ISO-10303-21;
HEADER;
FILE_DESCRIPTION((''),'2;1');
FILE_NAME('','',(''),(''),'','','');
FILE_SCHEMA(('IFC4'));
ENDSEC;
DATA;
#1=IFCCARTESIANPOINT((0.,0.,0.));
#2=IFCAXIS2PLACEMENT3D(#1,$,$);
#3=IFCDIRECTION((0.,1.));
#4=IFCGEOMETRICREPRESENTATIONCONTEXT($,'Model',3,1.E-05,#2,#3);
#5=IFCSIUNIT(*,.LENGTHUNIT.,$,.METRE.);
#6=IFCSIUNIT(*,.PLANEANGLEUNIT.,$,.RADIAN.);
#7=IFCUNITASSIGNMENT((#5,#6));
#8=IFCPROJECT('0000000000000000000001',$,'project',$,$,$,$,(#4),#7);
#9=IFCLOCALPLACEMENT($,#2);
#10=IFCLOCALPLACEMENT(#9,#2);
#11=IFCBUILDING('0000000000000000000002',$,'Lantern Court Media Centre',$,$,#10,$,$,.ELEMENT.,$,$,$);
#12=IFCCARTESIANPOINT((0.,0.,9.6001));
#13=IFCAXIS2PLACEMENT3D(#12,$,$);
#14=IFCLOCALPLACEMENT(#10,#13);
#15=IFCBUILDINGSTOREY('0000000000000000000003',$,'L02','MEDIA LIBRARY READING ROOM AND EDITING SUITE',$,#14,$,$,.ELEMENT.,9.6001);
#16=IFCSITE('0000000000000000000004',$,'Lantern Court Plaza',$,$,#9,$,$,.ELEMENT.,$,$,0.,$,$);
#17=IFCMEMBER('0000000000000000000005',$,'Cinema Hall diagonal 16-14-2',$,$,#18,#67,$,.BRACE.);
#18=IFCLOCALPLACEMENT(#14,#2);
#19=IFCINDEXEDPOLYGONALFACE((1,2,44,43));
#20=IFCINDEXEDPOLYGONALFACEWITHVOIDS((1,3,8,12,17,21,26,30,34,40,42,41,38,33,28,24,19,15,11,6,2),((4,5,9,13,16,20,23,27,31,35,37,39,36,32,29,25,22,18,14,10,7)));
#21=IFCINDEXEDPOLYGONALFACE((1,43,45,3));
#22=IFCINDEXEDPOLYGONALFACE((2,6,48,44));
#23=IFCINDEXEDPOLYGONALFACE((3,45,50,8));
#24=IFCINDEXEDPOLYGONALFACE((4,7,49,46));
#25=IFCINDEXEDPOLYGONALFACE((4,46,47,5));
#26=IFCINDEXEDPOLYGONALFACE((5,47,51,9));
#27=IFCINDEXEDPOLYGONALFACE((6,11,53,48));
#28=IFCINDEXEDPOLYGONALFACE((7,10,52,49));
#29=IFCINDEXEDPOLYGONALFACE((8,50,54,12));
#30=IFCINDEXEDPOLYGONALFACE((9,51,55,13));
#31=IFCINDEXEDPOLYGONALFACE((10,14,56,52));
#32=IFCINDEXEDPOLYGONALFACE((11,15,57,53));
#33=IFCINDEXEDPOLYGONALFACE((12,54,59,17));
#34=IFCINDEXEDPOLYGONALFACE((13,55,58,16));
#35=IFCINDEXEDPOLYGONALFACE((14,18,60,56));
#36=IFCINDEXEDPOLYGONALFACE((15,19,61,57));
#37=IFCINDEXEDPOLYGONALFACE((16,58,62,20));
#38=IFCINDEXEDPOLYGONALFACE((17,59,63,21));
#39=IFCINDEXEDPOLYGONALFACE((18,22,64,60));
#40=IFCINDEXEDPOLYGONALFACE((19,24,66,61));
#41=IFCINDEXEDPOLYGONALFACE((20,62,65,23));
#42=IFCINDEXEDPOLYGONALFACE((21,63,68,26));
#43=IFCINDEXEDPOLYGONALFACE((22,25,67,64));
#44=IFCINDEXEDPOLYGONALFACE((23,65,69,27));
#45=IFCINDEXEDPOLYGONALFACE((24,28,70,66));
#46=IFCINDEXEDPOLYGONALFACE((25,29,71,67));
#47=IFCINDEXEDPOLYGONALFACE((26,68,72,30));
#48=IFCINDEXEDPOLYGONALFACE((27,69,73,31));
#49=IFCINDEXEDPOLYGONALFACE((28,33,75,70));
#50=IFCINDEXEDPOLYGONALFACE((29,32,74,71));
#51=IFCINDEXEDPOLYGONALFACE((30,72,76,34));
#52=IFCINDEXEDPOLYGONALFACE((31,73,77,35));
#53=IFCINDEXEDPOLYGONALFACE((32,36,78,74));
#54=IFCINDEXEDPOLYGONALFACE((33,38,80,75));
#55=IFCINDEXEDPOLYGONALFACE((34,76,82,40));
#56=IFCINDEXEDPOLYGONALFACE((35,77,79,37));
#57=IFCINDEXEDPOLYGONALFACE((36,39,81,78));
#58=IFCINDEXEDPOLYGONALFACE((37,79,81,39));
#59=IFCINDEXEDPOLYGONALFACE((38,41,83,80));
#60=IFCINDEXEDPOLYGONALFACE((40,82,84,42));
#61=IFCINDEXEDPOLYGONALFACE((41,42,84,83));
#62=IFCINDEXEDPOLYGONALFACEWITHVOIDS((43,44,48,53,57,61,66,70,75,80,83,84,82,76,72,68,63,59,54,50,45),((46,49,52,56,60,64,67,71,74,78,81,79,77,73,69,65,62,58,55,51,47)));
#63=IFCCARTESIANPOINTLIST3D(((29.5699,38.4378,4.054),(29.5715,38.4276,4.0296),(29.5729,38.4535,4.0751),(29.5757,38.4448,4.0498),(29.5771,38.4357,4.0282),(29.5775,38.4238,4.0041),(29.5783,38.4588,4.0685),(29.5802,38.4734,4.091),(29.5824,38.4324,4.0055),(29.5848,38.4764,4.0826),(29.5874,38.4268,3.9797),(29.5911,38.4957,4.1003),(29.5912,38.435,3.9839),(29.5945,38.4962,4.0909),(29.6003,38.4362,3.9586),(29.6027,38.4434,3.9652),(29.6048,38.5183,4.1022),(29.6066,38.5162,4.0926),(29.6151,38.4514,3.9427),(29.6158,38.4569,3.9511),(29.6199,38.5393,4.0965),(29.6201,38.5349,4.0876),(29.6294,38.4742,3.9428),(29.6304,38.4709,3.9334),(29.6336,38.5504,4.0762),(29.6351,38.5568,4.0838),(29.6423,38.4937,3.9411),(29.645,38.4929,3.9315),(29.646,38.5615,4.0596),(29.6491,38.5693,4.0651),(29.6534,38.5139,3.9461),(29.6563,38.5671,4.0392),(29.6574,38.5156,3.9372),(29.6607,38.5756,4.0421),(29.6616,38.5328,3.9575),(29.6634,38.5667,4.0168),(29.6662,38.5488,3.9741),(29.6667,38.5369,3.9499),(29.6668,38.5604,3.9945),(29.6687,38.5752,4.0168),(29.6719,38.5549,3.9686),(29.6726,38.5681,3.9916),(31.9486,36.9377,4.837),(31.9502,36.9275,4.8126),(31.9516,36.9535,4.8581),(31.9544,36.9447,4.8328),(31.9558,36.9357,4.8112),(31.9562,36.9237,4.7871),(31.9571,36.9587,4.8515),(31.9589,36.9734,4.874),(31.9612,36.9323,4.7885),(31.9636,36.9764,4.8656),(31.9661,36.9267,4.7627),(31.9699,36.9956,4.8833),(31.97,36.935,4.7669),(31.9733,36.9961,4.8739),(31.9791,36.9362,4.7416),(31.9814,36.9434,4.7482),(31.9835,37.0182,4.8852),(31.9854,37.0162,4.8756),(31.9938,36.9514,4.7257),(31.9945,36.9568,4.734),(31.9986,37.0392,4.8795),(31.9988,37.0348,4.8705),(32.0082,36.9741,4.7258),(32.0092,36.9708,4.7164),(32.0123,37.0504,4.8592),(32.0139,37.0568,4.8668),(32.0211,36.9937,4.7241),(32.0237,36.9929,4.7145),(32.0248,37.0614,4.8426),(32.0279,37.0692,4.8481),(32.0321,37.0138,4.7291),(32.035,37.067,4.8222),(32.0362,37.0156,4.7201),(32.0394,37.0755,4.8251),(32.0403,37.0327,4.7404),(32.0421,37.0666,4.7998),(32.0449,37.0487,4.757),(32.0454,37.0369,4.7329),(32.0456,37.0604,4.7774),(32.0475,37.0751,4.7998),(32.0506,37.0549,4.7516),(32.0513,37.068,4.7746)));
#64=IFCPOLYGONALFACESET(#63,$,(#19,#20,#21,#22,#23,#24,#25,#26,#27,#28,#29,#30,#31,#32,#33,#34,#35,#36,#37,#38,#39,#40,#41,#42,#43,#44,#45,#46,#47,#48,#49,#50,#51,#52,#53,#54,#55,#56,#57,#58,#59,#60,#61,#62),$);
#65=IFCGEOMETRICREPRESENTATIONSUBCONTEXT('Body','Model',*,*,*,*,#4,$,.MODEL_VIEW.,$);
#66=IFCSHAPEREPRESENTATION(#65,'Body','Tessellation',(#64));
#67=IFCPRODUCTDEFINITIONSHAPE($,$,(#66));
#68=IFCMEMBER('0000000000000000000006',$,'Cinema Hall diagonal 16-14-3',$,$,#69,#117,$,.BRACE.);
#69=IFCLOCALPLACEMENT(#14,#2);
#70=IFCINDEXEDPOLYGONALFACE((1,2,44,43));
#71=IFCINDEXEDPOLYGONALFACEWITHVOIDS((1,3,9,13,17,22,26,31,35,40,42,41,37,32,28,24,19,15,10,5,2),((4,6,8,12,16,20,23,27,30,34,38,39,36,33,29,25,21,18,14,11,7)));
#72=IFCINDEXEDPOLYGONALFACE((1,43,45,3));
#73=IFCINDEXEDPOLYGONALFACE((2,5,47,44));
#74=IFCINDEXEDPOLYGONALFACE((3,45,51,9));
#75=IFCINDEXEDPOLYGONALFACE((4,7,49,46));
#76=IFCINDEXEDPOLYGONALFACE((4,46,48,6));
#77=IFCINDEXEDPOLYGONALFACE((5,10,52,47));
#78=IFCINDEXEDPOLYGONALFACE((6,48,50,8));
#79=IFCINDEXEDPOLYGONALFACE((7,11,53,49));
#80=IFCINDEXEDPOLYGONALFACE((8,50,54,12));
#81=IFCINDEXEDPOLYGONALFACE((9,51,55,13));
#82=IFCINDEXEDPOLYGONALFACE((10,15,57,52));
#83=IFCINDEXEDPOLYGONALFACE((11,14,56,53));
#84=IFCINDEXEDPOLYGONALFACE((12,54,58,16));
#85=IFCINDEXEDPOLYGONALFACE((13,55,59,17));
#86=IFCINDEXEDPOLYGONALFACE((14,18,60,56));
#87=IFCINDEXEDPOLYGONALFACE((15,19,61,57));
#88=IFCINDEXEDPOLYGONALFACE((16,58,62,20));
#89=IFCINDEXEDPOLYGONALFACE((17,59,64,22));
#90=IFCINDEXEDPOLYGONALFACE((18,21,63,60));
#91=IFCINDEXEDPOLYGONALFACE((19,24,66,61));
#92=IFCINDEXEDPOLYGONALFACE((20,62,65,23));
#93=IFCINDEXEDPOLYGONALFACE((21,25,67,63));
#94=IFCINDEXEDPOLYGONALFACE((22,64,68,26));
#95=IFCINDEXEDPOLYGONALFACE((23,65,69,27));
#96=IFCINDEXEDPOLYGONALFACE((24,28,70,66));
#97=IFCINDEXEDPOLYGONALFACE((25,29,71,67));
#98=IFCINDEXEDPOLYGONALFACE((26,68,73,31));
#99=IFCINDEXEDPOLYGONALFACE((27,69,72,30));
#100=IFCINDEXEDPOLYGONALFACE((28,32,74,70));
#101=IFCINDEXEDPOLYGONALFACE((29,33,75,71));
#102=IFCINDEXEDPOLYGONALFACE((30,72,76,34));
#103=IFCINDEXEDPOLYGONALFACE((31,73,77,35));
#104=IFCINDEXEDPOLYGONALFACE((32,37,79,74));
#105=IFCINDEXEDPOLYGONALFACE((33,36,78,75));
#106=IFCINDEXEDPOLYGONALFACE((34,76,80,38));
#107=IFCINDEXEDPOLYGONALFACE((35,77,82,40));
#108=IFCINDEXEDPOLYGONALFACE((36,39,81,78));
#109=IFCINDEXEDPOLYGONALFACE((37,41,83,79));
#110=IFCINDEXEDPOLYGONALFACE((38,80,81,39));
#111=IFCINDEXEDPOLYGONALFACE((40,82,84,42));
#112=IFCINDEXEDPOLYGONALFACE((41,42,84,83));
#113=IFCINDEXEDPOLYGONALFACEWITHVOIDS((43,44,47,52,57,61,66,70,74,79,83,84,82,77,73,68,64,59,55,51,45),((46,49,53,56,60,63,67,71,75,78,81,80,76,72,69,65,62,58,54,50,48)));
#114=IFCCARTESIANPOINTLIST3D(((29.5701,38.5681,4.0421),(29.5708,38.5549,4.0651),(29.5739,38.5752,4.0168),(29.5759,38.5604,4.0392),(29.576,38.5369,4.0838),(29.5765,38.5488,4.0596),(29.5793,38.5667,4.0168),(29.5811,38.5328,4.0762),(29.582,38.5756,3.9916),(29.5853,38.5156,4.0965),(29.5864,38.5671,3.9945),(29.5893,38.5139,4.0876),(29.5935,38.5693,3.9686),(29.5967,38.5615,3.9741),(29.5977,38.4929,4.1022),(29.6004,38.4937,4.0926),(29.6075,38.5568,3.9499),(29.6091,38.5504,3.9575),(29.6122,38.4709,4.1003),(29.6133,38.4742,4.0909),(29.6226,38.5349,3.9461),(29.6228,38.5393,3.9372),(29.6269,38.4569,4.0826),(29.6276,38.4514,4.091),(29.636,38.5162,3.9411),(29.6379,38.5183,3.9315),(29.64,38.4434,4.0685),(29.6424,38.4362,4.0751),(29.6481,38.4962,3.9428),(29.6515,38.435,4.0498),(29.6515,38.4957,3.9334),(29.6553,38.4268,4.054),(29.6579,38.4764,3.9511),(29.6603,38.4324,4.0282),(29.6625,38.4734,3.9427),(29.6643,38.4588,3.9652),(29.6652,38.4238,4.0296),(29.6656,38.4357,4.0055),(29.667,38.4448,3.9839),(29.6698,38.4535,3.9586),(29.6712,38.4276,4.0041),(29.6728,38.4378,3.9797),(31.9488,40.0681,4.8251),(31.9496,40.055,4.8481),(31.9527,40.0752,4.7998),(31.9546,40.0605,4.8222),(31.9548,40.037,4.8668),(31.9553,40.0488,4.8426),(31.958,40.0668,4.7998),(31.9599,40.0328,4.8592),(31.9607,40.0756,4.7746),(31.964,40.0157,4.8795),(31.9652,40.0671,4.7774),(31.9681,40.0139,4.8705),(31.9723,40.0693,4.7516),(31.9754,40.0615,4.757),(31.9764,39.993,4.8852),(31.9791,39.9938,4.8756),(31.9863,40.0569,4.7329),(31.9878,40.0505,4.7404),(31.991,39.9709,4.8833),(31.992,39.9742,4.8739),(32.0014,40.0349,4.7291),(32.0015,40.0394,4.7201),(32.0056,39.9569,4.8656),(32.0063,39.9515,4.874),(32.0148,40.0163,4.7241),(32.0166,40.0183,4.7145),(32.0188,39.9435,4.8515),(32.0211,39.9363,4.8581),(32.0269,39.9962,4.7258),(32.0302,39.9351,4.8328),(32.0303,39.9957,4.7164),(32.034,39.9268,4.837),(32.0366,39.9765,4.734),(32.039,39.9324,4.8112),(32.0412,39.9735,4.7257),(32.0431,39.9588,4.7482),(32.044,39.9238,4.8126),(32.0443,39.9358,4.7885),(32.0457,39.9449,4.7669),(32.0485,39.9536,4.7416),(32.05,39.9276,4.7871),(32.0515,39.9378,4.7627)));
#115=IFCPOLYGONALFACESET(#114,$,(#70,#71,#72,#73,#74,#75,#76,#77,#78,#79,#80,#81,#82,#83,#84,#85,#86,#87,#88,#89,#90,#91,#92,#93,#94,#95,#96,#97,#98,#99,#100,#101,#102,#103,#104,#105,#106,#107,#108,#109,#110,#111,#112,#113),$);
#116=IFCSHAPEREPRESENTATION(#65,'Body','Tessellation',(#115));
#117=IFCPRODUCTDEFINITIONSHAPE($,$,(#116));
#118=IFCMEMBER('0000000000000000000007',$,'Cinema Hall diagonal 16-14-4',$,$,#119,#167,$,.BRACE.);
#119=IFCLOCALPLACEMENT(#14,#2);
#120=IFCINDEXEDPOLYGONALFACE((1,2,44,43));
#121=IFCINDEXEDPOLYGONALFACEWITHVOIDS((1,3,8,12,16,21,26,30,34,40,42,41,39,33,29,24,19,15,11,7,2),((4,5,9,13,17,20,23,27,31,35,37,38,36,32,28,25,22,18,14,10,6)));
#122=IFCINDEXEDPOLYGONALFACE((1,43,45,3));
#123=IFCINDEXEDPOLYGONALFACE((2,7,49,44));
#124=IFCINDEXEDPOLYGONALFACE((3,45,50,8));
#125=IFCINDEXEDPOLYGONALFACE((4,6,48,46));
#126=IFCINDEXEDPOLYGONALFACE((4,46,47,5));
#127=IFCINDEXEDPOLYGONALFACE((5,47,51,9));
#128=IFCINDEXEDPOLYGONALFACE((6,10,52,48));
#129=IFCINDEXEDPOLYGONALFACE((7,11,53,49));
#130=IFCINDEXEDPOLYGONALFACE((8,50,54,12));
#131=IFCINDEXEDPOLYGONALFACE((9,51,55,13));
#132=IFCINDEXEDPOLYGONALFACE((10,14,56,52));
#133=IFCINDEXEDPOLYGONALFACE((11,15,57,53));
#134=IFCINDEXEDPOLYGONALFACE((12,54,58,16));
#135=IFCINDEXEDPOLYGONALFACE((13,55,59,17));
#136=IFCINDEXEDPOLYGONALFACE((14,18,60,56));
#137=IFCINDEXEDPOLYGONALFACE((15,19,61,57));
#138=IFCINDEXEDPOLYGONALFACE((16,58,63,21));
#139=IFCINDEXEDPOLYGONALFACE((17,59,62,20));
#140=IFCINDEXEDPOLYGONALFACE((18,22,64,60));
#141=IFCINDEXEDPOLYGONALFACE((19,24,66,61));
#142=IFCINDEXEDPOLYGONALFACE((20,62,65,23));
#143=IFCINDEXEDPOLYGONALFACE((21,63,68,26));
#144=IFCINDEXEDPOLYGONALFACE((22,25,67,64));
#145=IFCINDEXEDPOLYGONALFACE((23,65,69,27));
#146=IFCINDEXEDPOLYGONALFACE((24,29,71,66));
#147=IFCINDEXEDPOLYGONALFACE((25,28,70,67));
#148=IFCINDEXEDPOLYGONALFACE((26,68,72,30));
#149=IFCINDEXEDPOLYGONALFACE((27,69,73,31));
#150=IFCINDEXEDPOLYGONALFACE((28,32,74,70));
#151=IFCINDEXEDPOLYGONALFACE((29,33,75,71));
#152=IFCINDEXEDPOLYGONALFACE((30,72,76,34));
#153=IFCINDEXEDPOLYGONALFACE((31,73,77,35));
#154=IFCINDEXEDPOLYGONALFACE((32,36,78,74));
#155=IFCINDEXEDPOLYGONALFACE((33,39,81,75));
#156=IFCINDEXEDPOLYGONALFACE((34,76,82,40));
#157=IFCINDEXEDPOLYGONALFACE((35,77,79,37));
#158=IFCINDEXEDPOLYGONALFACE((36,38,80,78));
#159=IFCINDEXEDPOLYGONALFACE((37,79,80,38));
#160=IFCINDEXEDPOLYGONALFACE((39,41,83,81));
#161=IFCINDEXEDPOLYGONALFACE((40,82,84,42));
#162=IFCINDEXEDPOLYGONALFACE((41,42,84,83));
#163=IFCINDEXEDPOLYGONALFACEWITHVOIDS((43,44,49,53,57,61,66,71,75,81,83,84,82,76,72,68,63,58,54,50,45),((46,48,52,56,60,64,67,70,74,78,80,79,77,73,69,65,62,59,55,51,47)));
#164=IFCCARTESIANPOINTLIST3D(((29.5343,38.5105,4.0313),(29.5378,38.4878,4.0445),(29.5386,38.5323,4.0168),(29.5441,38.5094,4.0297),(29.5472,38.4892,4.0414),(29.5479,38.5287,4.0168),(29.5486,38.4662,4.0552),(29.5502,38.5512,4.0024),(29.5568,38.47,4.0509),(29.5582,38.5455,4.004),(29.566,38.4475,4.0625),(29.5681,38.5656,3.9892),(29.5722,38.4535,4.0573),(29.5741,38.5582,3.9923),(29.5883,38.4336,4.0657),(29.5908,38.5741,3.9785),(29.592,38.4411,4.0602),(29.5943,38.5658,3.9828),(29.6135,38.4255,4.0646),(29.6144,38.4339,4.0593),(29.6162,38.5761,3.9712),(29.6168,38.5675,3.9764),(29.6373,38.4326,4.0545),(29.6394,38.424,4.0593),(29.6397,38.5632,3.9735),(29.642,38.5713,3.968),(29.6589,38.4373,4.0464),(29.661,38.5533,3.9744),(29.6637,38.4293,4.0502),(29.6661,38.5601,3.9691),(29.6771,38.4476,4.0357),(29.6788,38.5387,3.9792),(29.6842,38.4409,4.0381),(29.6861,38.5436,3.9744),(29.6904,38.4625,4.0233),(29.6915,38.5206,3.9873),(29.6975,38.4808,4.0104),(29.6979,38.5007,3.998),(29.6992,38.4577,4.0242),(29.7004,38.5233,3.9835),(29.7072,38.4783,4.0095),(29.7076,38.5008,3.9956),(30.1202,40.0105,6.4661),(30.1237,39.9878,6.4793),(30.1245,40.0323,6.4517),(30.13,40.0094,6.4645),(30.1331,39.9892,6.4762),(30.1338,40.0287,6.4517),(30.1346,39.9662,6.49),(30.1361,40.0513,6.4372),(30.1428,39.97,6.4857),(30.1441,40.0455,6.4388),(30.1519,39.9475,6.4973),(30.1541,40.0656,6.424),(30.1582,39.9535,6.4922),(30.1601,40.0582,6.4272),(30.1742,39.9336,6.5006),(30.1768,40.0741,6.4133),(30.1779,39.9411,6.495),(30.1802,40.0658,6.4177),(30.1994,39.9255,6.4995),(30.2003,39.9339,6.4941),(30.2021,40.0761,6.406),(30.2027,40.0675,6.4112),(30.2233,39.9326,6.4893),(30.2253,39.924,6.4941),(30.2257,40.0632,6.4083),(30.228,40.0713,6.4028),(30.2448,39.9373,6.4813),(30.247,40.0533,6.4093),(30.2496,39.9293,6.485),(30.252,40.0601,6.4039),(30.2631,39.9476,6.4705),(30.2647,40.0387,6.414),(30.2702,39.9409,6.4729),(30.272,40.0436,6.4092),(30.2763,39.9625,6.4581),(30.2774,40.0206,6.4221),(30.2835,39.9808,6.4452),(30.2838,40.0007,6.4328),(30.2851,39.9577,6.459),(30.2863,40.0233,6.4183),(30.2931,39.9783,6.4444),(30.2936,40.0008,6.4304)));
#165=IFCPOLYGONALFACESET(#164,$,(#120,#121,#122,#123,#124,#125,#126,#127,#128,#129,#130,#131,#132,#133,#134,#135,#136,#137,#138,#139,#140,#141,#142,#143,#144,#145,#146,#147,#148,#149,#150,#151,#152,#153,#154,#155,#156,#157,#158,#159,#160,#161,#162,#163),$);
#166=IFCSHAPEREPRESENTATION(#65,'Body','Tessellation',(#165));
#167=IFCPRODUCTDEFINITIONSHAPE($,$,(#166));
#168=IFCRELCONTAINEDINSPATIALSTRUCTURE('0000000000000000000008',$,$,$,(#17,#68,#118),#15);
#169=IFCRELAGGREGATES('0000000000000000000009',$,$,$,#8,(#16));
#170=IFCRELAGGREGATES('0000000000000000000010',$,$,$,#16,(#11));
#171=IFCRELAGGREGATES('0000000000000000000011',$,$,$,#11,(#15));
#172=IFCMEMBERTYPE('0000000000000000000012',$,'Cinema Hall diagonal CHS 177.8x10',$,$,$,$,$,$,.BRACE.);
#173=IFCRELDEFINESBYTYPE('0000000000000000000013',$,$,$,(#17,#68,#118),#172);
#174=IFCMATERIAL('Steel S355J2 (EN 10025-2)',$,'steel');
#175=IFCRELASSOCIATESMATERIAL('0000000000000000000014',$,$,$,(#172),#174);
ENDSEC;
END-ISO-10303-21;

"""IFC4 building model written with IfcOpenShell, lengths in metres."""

from ifc_helpers import new_model, si_unit, direction, frame, origin, origin_2d, place, context, subcontext, project, spatial, hollow_circle, extrude, material, material_profile, profile_set, type_object, element, save


model = new_model("IFC4")

# Units and contexts
model_context = context("Model", 3, precision=1e-05, world=origin(), true_north=direction((0.0, 1.0)))
body_context = subcontext(model_context, "Body", "Model", "MODEL_VIEW")
ifc_project = project(units=[si_unit("LENGTHUNIT", "METRE"), si_unit("PLANEANGLEUNIT", "RADIAN")], contexts=[model_context])

# Site, building, storey
site_placement = place(None, origin())
site = spatial("IfcSite", under=ifc_project, at=site_placement, Name="Lantern Court Plaza", CompositionType="ELEMENT", RefElevation=0.0)
building_placement = place(site_placement, origin())
building = spatial("IfcBuilding", under=site, at=building_placement, Name="Lantern Court Media Centre", CompositionType="ELEMENT")
storey_placement = place(building_placement, frame((0.0, 0.0, 9.6001)))
storey = spatial("IfcBuildingStorey", under=building, at=storey_placement, Name="L02", Description="MEDIA LIBRARY READING ROOM AND EDITING SUITE", CompositionType="ELEMENT", Elevation=9.6001)

# Members
ifc_material_1 = material(Name="Steel S355J2 (EN 10025-2)", Category="steel")
ifc_material_profile_1 = material_profile(ifc_material_1, hollow_circle(Radius=0.0889, WallThickness=0.01, at=origin_2d()), Name="Cinema Hall diagonal CHS 177.8x10")
ifc_profile_set_1 = profile_set([ifc_material_profile_1], Name="Steel S355J2 (EN 10025-2)")
member_type_1 = type_object("IfcMemberType", Name="Cinema Hall diagonal CHS 177.8x10", PredefinedType="BRACE", material=ifc_profile_set_1)
for number, where, z_axis, x_axis, name in (
    (1, (29.6213, 38.5, 4.0168), (0.814866, -0.51386, 0.268221), (0.533405, 0.84586, 0.0), "Cinema Hall diagonal 16-14-2"),
    (2, (29.6213, 38.5, 4.0168), (0.814866, 0.51386, 0.268221), (-0.533405, 0.84586, 0.0), "Cinema Hall diagonal 16-14-3"),
    (3, (29.6213, 38.5, 4.0168), (0.20072, 0.513842, 0.834073), (-0.931457, 0.363851, 0.0), "Cinema Hall diagonal 16-14-4"),
):
    element("IfcMember", number, at=place(storey_placement, frame(where, z_axis=z_axis, x_axis=x_axis)), inside=storey, type_object=member_type_1, Name=name, PredefinedType="BRACE", context=body_context, shape_type="SweptSolid", body=[
        extrude(hollow_circle(Radius=0.0889, WallThickness=0.01, at=origin_2d()), origin(), (0.0, 0.0, 1.0), 2.9192),
    ])

save(model, "model.ifc")
